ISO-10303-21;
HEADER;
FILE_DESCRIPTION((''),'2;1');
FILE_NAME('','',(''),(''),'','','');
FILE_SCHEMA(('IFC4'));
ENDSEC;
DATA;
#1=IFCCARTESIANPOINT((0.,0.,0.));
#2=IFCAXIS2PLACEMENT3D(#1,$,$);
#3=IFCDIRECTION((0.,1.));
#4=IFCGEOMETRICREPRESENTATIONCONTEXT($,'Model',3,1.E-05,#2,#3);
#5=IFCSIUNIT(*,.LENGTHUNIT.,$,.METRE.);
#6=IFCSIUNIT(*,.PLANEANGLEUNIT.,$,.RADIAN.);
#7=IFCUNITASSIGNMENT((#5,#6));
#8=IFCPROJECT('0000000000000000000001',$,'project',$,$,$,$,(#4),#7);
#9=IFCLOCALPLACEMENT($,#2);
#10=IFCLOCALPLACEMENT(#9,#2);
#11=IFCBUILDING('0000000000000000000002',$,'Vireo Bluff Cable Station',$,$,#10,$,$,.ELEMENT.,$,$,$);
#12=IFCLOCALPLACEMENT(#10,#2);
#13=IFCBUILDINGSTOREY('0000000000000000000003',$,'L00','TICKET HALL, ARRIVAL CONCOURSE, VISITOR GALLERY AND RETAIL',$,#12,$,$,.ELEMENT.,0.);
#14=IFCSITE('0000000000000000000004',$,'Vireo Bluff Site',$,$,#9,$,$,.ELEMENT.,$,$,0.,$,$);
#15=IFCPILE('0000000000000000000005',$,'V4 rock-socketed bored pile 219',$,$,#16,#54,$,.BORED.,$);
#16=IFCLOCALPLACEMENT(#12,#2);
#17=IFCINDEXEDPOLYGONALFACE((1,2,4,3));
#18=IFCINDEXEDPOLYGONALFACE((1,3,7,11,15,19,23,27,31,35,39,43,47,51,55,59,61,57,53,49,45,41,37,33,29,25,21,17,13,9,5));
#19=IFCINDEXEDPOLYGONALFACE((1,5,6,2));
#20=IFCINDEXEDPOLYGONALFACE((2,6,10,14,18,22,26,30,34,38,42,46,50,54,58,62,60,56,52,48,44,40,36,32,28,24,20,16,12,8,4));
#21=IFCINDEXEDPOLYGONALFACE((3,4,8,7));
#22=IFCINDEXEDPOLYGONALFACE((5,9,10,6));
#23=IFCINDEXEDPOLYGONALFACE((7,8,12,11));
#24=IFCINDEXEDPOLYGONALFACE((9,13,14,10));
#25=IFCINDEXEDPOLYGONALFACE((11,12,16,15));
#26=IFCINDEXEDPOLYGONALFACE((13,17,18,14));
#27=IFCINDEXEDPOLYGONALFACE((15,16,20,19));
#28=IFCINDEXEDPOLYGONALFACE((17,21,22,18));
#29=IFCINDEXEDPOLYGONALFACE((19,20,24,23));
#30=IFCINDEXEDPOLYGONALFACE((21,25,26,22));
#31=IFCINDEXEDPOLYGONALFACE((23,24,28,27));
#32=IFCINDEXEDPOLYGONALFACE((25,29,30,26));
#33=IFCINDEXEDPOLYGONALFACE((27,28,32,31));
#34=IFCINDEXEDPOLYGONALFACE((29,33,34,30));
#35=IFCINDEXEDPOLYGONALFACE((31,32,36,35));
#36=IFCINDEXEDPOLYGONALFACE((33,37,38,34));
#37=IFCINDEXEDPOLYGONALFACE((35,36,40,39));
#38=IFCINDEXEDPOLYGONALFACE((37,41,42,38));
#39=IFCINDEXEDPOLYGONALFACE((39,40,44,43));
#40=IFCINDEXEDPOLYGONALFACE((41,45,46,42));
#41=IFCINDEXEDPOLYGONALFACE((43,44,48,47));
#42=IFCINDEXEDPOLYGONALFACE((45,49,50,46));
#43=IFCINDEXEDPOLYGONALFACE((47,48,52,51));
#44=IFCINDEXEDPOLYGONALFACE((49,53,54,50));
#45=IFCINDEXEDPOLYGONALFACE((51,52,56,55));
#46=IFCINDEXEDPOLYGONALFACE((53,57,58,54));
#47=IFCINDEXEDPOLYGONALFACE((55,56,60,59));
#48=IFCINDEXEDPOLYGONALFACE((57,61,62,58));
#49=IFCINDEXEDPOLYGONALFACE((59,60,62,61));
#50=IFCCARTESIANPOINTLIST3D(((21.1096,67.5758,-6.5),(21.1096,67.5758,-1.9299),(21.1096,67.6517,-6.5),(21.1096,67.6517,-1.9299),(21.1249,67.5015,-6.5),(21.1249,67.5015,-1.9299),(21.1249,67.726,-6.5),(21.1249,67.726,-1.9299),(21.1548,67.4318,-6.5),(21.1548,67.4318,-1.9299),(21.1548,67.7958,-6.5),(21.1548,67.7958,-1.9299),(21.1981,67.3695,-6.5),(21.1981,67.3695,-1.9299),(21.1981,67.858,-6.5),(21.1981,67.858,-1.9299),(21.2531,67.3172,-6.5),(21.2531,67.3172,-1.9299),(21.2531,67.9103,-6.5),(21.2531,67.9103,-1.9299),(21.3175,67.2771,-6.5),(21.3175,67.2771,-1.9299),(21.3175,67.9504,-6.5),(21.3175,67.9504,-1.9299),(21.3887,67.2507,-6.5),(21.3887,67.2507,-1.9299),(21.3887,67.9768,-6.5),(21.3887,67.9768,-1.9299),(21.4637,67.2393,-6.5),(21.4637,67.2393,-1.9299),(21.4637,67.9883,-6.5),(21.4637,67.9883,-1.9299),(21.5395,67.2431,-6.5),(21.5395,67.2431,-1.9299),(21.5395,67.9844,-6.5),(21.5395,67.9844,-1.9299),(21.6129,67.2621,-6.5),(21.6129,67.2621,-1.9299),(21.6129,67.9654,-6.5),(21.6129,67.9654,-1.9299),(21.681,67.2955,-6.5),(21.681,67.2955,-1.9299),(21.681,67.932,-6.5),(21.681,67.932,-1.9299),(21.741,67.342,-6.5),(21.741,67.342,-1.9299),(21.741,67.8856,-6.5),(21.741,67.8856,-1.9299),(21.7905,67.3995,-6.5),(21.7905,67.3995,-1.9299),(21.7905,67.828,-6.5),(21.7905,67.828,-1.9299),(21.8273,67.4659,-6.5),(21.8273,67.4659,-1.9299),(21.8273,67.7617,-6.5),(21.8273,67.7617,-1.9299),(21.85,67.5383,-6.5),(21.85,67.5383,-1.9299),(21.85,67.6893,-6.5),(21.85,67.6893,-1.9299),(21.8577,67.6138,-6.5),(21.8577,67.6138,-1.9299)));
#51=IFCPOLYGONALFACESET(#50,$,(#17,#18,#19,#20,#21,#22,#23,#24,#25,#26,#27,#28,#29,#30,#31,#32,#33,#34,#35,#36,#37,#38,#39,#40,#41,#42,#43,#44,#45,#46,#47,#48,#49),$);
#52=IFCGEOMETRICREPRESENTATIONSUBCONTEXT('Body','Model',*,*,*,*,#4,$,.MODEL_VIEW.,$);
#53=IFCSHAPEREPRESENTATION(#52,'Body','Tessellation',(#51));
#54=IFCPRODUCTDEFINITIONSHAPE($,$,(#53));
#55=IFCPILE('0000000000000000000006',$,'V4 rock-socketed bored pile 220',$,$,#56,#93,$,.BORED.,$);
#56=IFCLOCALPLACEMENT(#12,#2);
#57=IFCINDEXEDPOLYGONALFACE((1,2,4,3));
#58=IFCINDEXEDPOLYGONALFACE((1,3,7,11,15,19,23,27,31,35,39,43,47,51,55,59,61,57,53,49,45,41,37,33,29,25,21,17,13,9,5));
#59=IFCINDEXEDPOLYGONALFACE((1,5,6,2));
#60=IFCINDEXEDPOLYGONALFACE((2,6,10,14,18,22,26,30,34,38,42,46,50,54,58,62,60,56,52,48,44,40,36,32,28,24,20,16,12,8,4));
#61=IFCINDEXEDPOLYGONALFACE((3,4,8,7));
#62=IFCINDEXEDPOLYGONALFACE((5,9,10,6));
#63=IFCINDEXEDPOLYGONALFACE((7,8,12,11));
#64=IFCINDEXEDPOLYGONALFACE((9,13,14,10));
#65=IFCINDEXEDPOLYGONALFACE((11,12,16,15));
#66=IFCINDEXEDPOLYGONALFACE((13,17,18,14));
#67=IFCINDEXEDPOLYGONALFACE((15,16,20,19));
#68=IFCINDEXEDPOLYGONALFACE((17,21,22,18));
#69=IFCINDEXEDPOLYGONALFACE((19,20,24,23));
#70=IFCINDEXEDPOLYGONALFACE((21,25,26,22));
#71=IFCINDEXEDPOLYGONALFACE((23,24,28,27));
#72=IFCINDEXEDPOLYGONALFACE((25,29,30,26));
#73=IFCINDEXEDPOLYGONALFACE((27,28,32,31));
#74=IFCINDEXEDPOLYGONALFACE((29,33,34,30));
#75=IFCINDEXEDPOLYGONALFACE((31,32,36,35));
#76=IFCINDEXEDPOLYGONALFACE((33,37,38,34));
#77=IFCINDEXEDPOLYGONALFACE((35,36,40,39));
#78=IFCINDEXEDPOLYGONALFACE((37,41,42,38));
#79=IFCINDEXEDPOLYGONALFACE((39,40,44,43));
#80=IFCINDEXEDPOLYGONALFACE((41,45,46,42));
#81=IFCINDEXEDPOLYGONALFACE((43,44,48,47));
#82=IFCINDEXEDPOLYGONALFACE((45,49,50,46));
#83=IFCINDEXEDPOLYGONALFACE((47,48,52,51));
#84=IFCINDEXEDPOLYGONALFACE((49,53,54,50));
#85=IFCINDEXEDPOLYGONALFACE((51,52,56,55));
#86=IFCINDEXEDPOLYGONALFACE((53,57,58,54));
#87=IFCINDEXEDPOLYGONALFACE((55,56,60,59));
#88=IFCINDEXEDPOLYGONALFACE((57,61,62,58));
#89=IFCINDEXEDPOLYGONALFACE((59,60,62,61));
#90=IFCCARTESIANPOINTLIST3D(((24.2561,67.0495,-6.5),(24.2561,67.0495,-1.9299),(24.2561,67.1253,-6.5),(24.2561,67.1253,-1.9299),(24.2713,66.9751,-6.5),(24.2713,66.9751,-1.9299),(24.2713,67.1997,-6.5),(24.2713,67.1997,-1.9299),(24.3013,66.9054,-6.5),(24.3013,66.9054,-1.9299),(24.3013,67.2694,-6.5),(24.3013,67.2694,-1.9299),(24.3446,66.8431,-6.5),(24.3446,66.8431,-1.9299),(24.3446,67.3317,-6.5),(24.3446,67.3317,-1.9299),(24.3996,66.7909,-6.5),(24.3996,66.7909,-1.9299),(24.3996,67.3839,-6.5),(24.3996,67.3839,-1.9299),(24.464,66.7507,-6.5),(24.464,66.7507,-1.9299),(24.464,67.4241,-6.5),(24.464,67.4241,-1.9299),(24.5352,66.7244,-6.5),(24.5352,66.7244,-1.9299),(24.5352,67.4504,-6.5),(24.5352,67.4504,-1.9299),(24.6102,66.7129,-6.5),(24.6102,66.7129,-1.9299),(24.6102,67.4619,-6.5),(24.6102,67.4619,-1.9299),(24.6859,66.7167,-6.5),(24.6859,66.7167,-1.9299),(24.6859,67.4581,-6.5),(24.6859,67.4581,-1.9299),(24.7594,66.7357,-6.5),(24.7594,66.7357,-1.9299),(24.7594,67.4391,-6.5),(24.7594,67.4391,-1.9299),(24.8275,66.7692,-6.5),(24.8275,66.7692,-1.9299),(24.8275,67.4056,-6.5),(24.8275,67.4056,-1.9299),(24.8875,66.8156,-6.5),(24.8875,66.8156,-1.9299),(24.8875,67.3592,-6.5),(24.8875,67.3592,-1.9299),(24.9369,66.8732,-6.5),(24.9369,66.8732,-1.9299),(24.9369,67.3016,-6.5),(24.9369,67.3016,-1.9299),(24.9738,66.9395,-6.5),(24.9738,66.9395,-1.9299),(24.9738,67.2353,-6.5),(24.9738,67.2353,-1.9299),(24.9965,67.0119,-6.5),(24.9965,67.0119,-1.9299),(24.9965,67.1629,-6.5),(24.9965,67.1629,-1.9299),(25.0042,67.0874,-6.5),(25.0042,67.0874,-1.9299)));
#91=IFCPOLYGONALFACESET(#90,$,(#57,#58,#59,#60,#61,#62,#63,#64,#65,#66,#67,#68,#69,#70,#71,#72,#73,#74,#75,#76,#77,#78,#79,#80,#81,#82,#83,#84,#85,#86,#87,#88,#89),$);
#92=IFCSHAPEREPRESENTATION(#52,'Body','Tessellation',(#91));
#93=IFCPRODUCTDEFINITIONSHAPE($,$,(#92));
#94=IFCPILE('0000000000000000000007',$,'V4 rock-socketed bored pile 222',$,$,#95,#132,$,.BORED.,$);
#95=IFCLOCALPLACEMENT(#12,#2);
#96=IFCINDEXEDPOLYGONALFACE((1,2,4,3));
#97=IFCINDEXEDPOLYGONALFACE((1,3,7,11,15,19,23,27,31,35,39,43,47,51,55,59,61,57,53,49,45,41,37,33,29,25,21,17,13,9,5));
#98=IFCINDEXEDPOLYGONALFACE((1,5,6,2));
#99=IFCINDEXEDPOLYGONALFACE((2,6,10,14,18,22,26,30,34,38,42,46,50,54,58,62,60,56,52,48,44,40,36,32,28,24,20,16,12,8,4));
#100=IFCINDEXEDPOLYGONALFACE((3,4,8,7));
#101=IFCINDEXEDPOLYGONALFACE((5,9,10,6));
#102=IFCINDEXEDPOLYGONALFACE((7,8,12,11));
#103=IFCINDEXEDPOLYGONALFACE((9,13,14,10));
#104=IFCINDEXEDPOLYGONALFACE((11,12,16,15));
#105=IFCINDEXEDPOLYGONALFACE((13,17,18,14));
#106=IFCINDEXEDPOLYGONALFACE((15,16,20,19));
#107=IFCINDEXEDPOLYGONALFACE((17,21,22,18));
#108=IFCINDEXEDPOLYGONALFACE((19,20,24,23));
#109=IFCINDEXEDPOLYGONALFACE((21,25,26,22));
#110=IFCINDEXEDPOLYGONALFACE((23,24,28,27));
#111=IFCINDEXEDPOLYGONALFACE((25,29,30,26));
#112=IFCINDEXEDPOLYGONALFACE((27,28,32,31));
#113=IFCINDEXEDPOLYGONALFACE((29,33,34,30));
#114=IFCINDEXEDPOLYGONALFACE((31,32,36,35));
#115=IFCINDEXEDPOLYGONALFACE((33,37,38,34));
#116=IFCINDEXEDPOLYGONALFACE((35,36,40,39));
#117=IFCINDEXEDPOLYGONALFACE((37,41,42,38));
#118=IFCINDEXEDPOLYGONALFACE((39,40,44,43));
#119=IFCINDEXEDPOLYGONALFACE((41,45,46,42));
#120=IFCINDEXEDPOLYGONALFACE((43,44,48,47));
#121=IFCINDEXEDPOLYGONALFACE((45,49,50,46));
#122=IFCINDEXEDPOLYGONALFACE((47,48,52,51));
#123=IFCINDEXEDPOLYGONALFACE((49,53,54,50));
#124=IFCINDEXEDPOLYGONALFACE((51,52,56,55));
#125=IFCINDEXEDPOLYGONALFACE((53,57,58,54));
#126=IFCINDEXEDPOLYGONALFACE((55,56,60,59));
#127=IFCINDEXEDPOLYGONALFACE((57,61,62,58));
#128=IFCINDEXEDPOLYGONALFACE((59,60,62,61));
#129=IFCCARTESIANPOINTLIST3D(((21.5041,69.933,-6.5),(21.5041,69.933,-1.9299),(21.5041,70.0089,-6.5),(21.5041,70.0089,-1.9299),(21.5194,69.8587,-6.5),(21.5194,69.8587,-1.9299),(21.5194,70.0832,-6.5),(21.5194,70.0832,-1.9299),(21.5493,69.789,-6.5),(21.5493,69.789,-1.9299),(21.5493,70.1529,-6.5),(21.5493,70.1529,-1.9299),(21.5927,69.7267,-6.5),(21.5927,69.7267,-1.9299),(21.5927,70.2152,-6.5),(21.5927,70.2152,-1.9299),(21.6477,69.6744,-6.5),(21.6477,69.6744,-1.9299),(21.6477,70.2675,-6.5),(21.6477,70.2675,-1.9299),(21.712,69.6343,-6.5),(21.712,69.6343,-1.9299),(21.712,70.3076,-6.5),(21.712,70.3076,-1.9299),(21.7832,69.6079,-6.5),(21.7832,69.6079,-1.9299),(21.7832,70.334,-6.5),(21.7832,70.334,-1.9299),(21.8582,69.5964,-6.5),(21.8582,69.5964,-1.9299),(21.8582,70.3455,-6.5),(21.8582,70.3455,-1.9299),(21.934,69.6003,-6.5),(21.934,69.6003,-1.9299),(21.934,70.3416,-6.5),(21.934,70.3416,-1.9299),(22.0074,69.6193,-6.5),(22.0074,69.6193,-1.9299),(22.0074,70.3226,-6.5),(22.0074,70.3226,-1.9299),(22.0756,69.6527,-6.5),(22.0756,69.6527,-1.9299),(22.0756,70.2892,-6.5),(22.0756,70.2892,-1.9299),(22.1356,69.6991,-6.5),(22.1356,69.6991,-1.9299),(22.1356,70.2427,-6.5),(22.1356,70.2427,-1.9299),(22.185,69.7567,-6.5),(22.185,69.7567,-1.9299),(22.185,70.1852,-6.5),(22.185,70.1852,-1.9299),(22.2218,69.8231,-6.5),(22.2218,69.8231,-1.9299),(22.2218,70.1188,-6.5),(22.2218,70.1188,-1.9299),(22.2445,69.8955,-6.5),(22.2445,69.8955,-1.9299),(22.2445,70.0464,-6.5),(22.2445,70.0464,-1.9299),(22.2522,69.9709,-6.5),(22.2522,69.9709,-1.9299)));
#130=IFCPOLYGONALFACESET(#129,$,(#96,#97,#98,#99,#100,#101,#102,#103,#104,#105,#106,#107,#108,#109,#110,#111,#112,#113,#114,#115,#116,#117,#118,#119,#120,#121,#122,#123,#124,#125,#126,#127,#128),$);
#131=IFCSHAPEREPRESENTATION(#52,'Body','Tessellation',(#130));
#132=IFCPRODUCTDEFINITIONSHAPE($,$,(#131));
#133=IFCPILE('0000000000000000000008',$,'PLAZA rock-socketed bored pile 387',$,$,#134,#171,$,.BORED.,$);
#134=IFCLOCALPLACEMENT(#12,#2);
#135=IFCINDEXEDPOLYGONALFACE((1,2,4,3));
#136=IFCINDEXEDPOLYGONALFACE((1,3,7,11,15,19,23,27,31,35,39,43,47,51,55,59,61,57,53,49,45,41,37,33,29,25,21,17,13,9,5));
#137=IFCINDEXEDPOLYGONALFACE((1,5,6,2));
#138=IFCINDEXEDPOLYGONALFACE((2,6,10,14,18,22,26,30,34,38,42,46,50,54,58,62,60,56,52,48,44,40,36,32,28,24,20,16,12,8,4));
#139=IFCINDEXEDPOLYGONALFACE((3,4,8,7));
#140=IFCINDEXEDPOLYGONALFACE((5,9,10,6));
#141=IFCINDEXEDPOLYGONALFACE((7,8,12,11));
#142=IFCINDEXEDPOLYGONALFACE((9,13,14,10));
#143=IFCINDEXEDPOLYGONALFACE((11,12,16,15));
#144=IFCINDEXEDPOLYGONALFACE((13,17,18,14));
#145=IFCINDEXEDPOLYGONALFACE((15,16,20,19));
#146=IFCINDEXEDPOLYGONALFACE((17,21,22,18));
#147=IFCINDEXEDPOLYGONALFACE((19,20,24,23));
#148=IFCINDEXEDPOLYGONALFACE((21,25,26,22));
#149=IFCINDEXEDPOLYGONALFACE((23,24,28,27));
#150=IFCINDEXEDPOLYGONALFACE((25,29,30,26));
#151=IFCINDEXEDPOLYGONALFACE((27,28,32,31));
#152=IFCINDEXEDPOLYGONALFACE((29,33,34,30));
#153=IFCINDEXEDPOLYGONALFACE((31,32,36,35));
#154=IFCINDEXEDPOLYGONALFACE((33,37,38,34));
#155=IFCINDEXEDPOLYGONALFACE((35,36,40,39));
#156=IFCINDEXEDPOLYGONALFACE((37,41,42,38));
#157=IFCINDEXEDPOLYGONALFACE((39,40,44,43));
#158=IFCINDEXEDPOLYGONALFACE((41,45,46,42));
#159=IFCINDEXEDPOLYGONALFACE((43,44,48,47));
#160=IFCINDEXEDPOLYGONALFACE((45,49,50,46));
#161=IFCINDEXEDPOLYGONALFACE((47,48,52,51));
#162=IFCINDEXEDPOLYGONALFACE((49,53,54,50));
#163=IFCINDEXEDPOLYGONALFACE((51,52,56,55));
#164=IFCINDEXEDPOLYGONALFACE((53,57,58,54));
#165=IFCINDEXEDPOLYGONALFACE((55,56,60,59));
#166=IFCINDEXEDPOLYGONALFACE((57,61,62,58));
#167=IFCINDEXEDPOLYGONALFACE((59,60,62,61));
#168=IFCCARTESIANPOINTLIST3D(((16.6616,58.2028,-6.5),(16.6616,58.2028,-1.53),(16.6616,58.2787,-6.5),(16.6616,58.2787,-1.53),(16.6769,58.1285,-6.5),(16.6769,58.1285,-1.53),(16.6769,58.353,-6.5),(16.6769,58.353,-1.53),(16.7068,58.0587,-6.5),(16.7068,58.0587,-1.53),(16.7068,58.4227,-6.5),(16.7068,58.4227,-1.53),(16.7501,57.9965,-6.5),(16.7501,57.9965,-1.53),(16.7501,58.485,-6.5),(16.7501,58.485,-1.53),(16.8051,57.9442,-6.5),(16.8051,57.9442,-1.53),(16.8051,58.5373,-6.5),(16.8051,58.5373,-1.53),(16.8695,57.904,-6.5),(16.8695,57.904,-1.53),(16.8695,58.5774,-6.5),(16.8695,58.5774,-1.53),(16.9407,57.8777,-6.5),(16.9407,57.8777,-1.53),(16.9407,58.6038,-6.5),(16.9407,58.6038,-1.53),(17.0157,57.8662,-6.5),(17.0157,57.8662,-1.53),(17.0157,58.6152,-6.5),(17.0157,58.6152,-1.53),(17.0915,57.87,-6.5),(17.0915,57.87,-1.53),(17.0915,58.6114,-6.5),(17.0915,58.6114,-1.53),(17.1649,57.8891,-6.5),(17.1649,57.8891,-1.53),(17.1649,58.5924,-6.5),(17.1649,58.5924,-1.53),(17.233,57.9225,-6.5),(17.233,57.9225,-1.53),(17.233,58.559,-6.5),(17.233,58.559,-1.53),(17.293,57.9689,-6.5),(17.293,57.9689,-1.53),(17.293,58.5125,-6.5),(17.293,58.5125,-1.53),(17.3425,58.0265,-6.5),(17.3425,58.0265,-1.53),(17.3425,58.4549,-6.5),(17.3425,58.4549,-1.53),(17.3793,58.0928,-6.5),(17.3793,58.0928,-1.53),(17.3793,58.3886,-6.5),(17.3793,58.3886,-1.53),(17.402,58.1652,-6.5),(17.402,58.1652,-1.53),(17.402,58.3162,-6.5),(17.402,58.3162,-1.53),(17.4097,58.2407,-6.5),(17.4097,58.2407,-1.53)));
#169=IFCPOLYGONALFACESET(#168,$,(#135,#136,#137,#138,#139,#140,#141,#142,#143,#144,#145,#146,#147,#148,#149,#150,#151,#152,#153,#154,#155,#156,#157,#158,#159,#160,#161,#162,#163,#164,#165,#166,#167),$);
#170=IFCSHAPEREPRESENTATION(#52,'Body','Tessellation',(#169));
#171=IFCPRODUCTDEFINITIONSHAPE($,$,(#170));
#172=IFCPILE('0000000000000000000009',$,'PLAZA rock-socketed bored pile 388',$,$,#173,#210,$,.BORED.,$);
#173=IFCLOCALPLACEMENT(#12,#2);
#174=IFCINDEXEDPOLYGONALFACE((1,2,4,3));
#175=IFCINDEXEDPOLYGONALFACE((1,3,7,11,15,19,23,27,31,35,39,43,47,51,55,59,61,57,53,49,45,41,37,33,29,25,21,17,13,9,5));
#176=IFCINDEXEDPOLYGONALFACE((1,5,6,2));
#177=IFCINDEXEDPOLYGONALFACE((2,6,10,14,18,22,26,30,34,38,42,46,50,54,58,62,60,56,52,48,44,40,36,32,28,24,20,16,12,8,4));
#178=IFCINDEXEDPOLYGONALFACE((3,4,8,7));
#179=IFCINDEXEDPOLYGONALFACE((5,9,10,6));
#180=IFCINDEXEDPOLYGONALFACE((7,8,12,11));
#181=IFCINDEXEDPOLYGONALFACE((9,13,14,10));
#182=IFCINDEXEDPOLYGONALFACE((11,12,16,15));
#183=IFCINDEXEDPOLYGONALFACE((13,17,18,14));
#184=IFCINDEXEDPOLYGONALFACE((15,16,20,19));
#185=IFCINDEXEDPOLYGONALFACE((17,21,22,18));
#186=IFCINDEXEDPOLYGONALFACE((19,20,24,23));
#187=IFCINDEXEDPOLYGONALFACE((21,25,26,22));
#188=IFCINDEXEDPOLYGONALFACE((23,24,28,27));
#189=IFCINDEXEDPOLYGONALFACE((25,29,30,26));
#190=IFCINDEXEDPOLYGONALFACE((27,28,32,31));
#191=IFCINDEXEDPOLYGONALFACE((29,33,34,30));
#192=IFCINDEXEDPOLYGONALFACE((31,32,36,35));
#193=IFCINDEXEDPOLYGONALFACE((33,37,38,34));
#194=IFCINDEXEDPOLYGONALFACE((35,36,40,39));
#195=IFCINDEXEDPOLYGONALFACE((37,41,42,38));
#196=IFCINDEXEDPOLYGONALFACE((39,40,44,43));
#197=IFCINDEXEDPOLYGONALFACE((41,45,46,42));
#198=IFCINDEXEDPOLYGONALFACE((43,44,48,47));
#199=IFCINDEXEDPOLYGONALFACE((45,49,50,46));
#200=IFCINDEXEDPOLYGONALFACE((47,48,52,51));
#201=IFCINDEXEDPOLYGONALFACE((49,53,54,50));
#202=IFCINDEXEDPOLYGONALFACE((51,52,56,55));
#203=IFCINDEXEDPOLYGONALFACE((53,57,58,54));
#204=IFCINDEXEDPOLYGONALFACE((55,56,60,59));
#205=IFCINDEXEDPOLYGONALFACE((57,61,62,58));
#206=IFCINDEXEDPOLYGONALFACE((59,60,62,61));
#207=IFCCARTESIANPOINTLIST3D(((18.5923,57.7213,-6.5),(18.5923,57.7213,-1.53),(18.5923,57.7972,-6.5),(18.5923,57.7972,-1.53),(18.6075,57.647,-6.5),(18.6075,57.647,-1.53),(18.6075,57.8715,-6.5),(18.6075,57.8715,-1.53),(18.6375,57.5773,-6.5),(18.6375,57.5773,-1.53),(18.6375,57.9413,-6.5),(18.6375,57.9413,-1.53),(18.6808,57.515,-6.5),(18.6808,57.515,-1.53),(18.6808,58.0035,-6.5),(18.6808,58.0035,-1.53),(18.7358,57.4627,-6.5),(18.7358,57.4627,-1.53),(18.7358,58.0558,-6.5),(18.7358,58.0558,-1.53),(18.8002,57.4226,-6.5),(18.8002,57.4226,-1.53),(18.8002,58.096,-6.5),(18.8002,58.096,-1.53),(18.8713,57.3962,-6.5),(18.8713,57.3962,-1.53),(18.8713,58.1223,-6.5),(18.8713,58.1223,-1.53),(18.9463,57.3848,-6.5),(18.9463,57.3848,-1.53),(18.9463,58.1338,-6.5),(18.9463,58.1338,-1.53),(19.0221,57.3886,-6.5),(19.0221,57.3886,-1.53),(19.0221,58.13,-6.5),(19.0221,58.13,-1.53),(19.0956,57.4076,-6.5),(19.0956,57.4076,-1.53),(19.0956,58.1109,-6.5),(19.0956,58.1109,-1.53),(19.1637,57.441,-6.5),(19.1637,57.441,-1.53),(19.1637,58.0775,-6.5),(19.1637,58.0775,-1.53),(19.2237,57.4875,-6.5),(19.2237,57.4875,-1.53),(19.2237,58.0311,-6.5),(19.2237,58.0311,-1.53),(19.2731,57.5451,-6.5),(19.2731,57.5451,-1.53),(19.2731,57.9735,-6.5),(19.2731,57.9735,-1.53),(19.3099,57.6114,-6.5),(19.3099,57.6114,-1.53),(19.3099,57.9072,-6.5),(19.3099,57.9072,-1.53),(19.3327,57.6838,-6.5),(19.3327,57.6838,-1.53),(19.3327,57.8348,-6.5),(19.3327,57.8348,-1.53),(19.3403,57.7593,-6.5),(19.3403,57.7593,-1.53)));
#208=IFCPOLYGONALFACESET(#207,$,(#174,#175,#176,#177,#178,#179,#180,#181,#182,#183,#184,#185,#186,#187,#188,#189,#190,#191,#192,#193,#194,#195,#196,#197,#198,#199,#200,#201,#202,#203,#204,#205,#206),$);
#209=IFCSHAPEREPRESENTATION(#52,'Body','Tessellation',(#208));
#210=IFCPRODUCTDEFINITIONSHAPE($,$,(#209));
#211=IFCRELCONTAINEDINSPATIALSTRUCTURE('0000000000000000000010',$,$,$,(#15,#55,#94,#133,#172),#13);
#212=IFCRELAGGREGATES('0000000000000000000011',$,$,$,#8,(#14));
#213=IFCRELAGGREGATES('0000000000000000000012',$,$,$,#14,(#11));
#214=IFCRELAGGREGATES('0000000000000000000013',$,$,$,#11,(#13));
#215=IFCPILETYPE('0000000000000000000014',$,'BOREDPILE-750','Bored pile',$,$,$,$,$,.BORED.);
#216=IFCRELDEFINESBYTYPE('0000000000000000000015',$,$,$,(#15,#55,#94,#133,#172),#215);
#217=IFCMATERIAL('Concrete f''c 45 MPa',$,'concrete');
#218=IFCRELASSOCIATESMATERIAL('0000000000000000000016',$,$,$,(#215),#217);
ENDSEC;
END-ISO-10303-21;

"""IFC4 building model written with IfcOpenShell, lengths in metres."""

from ifc_helpers import new_model, si_unit, direction, frame, origin, origin_2d, place, context, subcontext, project, spatial, circle, extrude, material, material_profile, profile_set, type_object, element, save


model = new_model("IFC4")

# Units and contexts
model_context = context("Model", 3, precision=1e-05, world=origin(), true_north=direction((0.0, 1.0)))
body_context = subcontext(model_context, "Body", "Model", "MODEL_VIEW")
ifc_project = project(units=[si_unit("LENGTHUNIT", "METRE"), si_unit("PLANEANGLEUNIT", "RADIAN")], contexts=[model_context])

# Site, building, storey
site_placement = place(None, origin())
site = spatial("IfcSite", under=ifc_project, at=site_placement, Name="Vireo Bluff Site", CompositionType="ELEMENT", RefElevation=0.0)
building_placement = place(site_placement, origin())
building = spatial("IfcBuilding", under=site, at=building_placement, Name="Vireo Bluff Cable Station", CompositionType="ELEMENT")
storey_placement = place(building_placement, origin())
storey = spatial("IfcBuildingStorey", under=building, at=storey_placement, Name="L00", Description="TICKET HALL, ARRIVAL CONCOURSE, VISITOR GALLERY AND RETAIL", CompositionType="ELEMENT", Elevation=0.0)

# Piles
ifc_material_1 = material(Name="Concrete f'c 45 MPa", Category="concrete")
ifc_material_profile_1 = material_profile(ifc_material_1, circle(Radius=0.375, at=origin_2d()), Name="BOREDPILE-750")
ifc_profile_set_1 = profile_set([ifc_material_profile_1], Name="Concrete f'c 45 MPa")
pile_type_1 = type_object("IfcPileType", Name="BOREDPILE-750", Description="Bored pile", PredefinedType="BORED", material=ifc_profile_set_1)
for number, where, z_axis, x_axis, name in (
    (1, (21.4827, 67.6138, -1.9299), (0.0, 0.0, -1.0), (1.0, 0.0, 0.0), "V4 rock-socketed bored pile 219"),
    (2, (24.6292, 67.0874, -1.9299), (0.0, 0.0, -1.0), (1.0, 0.0, 0.0), "V4 rock-socketed bored pile 220"),
    (3, (21.8772, 69.9709, -1.9299), (0.0, 0.0, -1.0), (1.0, 0.0, 0.0), "V4 rock-socketed bored pile 222"),
):
    element("IfcPile", number, at=place(storey_placement, frame(where, z_axis=z_axis, x_axis=x_axis)), inside=storey, type_object=pile_type_1, Name=name, PredefinedType="BORED", context=body_context, shape_type="SweptSolid", body=[
        extrude(circle(Radius=0.375, at=origin_2d()), origin(), (0.0, 0.0, 1.0), 4.5701),
    ])
for number, where, z_axis, x_axis, name in (
    (4, (17.0347, 58.2407, -1.53), (0.0, 0.0, -1.0), (1.0, 0.0, 0.0), "PLAZA rock-socketed bored pile 387"),
    (5, (18.9653, 57.7593, -1.53), (0.0, 0.0, -1.0), (1.0, 0.0, 0.0), "PLAZA rock-socketed bored pile 388"),
):
    element("IfcPile", number, at=place(storey_placement, frame(where, z_axis=z_axis, x_axis=x_axis)), inside=storey, type_object=pile_type_1, Name=name, PredefinedType="BORED", context=body_context, shape_type="SweptSolid", body=[
        extrude(circle(Radius=0.375, at=origin_2d()), origin(), (0.0, 0.0, 1.0), 4.97),
    ])

save(model, "model.ifc")
